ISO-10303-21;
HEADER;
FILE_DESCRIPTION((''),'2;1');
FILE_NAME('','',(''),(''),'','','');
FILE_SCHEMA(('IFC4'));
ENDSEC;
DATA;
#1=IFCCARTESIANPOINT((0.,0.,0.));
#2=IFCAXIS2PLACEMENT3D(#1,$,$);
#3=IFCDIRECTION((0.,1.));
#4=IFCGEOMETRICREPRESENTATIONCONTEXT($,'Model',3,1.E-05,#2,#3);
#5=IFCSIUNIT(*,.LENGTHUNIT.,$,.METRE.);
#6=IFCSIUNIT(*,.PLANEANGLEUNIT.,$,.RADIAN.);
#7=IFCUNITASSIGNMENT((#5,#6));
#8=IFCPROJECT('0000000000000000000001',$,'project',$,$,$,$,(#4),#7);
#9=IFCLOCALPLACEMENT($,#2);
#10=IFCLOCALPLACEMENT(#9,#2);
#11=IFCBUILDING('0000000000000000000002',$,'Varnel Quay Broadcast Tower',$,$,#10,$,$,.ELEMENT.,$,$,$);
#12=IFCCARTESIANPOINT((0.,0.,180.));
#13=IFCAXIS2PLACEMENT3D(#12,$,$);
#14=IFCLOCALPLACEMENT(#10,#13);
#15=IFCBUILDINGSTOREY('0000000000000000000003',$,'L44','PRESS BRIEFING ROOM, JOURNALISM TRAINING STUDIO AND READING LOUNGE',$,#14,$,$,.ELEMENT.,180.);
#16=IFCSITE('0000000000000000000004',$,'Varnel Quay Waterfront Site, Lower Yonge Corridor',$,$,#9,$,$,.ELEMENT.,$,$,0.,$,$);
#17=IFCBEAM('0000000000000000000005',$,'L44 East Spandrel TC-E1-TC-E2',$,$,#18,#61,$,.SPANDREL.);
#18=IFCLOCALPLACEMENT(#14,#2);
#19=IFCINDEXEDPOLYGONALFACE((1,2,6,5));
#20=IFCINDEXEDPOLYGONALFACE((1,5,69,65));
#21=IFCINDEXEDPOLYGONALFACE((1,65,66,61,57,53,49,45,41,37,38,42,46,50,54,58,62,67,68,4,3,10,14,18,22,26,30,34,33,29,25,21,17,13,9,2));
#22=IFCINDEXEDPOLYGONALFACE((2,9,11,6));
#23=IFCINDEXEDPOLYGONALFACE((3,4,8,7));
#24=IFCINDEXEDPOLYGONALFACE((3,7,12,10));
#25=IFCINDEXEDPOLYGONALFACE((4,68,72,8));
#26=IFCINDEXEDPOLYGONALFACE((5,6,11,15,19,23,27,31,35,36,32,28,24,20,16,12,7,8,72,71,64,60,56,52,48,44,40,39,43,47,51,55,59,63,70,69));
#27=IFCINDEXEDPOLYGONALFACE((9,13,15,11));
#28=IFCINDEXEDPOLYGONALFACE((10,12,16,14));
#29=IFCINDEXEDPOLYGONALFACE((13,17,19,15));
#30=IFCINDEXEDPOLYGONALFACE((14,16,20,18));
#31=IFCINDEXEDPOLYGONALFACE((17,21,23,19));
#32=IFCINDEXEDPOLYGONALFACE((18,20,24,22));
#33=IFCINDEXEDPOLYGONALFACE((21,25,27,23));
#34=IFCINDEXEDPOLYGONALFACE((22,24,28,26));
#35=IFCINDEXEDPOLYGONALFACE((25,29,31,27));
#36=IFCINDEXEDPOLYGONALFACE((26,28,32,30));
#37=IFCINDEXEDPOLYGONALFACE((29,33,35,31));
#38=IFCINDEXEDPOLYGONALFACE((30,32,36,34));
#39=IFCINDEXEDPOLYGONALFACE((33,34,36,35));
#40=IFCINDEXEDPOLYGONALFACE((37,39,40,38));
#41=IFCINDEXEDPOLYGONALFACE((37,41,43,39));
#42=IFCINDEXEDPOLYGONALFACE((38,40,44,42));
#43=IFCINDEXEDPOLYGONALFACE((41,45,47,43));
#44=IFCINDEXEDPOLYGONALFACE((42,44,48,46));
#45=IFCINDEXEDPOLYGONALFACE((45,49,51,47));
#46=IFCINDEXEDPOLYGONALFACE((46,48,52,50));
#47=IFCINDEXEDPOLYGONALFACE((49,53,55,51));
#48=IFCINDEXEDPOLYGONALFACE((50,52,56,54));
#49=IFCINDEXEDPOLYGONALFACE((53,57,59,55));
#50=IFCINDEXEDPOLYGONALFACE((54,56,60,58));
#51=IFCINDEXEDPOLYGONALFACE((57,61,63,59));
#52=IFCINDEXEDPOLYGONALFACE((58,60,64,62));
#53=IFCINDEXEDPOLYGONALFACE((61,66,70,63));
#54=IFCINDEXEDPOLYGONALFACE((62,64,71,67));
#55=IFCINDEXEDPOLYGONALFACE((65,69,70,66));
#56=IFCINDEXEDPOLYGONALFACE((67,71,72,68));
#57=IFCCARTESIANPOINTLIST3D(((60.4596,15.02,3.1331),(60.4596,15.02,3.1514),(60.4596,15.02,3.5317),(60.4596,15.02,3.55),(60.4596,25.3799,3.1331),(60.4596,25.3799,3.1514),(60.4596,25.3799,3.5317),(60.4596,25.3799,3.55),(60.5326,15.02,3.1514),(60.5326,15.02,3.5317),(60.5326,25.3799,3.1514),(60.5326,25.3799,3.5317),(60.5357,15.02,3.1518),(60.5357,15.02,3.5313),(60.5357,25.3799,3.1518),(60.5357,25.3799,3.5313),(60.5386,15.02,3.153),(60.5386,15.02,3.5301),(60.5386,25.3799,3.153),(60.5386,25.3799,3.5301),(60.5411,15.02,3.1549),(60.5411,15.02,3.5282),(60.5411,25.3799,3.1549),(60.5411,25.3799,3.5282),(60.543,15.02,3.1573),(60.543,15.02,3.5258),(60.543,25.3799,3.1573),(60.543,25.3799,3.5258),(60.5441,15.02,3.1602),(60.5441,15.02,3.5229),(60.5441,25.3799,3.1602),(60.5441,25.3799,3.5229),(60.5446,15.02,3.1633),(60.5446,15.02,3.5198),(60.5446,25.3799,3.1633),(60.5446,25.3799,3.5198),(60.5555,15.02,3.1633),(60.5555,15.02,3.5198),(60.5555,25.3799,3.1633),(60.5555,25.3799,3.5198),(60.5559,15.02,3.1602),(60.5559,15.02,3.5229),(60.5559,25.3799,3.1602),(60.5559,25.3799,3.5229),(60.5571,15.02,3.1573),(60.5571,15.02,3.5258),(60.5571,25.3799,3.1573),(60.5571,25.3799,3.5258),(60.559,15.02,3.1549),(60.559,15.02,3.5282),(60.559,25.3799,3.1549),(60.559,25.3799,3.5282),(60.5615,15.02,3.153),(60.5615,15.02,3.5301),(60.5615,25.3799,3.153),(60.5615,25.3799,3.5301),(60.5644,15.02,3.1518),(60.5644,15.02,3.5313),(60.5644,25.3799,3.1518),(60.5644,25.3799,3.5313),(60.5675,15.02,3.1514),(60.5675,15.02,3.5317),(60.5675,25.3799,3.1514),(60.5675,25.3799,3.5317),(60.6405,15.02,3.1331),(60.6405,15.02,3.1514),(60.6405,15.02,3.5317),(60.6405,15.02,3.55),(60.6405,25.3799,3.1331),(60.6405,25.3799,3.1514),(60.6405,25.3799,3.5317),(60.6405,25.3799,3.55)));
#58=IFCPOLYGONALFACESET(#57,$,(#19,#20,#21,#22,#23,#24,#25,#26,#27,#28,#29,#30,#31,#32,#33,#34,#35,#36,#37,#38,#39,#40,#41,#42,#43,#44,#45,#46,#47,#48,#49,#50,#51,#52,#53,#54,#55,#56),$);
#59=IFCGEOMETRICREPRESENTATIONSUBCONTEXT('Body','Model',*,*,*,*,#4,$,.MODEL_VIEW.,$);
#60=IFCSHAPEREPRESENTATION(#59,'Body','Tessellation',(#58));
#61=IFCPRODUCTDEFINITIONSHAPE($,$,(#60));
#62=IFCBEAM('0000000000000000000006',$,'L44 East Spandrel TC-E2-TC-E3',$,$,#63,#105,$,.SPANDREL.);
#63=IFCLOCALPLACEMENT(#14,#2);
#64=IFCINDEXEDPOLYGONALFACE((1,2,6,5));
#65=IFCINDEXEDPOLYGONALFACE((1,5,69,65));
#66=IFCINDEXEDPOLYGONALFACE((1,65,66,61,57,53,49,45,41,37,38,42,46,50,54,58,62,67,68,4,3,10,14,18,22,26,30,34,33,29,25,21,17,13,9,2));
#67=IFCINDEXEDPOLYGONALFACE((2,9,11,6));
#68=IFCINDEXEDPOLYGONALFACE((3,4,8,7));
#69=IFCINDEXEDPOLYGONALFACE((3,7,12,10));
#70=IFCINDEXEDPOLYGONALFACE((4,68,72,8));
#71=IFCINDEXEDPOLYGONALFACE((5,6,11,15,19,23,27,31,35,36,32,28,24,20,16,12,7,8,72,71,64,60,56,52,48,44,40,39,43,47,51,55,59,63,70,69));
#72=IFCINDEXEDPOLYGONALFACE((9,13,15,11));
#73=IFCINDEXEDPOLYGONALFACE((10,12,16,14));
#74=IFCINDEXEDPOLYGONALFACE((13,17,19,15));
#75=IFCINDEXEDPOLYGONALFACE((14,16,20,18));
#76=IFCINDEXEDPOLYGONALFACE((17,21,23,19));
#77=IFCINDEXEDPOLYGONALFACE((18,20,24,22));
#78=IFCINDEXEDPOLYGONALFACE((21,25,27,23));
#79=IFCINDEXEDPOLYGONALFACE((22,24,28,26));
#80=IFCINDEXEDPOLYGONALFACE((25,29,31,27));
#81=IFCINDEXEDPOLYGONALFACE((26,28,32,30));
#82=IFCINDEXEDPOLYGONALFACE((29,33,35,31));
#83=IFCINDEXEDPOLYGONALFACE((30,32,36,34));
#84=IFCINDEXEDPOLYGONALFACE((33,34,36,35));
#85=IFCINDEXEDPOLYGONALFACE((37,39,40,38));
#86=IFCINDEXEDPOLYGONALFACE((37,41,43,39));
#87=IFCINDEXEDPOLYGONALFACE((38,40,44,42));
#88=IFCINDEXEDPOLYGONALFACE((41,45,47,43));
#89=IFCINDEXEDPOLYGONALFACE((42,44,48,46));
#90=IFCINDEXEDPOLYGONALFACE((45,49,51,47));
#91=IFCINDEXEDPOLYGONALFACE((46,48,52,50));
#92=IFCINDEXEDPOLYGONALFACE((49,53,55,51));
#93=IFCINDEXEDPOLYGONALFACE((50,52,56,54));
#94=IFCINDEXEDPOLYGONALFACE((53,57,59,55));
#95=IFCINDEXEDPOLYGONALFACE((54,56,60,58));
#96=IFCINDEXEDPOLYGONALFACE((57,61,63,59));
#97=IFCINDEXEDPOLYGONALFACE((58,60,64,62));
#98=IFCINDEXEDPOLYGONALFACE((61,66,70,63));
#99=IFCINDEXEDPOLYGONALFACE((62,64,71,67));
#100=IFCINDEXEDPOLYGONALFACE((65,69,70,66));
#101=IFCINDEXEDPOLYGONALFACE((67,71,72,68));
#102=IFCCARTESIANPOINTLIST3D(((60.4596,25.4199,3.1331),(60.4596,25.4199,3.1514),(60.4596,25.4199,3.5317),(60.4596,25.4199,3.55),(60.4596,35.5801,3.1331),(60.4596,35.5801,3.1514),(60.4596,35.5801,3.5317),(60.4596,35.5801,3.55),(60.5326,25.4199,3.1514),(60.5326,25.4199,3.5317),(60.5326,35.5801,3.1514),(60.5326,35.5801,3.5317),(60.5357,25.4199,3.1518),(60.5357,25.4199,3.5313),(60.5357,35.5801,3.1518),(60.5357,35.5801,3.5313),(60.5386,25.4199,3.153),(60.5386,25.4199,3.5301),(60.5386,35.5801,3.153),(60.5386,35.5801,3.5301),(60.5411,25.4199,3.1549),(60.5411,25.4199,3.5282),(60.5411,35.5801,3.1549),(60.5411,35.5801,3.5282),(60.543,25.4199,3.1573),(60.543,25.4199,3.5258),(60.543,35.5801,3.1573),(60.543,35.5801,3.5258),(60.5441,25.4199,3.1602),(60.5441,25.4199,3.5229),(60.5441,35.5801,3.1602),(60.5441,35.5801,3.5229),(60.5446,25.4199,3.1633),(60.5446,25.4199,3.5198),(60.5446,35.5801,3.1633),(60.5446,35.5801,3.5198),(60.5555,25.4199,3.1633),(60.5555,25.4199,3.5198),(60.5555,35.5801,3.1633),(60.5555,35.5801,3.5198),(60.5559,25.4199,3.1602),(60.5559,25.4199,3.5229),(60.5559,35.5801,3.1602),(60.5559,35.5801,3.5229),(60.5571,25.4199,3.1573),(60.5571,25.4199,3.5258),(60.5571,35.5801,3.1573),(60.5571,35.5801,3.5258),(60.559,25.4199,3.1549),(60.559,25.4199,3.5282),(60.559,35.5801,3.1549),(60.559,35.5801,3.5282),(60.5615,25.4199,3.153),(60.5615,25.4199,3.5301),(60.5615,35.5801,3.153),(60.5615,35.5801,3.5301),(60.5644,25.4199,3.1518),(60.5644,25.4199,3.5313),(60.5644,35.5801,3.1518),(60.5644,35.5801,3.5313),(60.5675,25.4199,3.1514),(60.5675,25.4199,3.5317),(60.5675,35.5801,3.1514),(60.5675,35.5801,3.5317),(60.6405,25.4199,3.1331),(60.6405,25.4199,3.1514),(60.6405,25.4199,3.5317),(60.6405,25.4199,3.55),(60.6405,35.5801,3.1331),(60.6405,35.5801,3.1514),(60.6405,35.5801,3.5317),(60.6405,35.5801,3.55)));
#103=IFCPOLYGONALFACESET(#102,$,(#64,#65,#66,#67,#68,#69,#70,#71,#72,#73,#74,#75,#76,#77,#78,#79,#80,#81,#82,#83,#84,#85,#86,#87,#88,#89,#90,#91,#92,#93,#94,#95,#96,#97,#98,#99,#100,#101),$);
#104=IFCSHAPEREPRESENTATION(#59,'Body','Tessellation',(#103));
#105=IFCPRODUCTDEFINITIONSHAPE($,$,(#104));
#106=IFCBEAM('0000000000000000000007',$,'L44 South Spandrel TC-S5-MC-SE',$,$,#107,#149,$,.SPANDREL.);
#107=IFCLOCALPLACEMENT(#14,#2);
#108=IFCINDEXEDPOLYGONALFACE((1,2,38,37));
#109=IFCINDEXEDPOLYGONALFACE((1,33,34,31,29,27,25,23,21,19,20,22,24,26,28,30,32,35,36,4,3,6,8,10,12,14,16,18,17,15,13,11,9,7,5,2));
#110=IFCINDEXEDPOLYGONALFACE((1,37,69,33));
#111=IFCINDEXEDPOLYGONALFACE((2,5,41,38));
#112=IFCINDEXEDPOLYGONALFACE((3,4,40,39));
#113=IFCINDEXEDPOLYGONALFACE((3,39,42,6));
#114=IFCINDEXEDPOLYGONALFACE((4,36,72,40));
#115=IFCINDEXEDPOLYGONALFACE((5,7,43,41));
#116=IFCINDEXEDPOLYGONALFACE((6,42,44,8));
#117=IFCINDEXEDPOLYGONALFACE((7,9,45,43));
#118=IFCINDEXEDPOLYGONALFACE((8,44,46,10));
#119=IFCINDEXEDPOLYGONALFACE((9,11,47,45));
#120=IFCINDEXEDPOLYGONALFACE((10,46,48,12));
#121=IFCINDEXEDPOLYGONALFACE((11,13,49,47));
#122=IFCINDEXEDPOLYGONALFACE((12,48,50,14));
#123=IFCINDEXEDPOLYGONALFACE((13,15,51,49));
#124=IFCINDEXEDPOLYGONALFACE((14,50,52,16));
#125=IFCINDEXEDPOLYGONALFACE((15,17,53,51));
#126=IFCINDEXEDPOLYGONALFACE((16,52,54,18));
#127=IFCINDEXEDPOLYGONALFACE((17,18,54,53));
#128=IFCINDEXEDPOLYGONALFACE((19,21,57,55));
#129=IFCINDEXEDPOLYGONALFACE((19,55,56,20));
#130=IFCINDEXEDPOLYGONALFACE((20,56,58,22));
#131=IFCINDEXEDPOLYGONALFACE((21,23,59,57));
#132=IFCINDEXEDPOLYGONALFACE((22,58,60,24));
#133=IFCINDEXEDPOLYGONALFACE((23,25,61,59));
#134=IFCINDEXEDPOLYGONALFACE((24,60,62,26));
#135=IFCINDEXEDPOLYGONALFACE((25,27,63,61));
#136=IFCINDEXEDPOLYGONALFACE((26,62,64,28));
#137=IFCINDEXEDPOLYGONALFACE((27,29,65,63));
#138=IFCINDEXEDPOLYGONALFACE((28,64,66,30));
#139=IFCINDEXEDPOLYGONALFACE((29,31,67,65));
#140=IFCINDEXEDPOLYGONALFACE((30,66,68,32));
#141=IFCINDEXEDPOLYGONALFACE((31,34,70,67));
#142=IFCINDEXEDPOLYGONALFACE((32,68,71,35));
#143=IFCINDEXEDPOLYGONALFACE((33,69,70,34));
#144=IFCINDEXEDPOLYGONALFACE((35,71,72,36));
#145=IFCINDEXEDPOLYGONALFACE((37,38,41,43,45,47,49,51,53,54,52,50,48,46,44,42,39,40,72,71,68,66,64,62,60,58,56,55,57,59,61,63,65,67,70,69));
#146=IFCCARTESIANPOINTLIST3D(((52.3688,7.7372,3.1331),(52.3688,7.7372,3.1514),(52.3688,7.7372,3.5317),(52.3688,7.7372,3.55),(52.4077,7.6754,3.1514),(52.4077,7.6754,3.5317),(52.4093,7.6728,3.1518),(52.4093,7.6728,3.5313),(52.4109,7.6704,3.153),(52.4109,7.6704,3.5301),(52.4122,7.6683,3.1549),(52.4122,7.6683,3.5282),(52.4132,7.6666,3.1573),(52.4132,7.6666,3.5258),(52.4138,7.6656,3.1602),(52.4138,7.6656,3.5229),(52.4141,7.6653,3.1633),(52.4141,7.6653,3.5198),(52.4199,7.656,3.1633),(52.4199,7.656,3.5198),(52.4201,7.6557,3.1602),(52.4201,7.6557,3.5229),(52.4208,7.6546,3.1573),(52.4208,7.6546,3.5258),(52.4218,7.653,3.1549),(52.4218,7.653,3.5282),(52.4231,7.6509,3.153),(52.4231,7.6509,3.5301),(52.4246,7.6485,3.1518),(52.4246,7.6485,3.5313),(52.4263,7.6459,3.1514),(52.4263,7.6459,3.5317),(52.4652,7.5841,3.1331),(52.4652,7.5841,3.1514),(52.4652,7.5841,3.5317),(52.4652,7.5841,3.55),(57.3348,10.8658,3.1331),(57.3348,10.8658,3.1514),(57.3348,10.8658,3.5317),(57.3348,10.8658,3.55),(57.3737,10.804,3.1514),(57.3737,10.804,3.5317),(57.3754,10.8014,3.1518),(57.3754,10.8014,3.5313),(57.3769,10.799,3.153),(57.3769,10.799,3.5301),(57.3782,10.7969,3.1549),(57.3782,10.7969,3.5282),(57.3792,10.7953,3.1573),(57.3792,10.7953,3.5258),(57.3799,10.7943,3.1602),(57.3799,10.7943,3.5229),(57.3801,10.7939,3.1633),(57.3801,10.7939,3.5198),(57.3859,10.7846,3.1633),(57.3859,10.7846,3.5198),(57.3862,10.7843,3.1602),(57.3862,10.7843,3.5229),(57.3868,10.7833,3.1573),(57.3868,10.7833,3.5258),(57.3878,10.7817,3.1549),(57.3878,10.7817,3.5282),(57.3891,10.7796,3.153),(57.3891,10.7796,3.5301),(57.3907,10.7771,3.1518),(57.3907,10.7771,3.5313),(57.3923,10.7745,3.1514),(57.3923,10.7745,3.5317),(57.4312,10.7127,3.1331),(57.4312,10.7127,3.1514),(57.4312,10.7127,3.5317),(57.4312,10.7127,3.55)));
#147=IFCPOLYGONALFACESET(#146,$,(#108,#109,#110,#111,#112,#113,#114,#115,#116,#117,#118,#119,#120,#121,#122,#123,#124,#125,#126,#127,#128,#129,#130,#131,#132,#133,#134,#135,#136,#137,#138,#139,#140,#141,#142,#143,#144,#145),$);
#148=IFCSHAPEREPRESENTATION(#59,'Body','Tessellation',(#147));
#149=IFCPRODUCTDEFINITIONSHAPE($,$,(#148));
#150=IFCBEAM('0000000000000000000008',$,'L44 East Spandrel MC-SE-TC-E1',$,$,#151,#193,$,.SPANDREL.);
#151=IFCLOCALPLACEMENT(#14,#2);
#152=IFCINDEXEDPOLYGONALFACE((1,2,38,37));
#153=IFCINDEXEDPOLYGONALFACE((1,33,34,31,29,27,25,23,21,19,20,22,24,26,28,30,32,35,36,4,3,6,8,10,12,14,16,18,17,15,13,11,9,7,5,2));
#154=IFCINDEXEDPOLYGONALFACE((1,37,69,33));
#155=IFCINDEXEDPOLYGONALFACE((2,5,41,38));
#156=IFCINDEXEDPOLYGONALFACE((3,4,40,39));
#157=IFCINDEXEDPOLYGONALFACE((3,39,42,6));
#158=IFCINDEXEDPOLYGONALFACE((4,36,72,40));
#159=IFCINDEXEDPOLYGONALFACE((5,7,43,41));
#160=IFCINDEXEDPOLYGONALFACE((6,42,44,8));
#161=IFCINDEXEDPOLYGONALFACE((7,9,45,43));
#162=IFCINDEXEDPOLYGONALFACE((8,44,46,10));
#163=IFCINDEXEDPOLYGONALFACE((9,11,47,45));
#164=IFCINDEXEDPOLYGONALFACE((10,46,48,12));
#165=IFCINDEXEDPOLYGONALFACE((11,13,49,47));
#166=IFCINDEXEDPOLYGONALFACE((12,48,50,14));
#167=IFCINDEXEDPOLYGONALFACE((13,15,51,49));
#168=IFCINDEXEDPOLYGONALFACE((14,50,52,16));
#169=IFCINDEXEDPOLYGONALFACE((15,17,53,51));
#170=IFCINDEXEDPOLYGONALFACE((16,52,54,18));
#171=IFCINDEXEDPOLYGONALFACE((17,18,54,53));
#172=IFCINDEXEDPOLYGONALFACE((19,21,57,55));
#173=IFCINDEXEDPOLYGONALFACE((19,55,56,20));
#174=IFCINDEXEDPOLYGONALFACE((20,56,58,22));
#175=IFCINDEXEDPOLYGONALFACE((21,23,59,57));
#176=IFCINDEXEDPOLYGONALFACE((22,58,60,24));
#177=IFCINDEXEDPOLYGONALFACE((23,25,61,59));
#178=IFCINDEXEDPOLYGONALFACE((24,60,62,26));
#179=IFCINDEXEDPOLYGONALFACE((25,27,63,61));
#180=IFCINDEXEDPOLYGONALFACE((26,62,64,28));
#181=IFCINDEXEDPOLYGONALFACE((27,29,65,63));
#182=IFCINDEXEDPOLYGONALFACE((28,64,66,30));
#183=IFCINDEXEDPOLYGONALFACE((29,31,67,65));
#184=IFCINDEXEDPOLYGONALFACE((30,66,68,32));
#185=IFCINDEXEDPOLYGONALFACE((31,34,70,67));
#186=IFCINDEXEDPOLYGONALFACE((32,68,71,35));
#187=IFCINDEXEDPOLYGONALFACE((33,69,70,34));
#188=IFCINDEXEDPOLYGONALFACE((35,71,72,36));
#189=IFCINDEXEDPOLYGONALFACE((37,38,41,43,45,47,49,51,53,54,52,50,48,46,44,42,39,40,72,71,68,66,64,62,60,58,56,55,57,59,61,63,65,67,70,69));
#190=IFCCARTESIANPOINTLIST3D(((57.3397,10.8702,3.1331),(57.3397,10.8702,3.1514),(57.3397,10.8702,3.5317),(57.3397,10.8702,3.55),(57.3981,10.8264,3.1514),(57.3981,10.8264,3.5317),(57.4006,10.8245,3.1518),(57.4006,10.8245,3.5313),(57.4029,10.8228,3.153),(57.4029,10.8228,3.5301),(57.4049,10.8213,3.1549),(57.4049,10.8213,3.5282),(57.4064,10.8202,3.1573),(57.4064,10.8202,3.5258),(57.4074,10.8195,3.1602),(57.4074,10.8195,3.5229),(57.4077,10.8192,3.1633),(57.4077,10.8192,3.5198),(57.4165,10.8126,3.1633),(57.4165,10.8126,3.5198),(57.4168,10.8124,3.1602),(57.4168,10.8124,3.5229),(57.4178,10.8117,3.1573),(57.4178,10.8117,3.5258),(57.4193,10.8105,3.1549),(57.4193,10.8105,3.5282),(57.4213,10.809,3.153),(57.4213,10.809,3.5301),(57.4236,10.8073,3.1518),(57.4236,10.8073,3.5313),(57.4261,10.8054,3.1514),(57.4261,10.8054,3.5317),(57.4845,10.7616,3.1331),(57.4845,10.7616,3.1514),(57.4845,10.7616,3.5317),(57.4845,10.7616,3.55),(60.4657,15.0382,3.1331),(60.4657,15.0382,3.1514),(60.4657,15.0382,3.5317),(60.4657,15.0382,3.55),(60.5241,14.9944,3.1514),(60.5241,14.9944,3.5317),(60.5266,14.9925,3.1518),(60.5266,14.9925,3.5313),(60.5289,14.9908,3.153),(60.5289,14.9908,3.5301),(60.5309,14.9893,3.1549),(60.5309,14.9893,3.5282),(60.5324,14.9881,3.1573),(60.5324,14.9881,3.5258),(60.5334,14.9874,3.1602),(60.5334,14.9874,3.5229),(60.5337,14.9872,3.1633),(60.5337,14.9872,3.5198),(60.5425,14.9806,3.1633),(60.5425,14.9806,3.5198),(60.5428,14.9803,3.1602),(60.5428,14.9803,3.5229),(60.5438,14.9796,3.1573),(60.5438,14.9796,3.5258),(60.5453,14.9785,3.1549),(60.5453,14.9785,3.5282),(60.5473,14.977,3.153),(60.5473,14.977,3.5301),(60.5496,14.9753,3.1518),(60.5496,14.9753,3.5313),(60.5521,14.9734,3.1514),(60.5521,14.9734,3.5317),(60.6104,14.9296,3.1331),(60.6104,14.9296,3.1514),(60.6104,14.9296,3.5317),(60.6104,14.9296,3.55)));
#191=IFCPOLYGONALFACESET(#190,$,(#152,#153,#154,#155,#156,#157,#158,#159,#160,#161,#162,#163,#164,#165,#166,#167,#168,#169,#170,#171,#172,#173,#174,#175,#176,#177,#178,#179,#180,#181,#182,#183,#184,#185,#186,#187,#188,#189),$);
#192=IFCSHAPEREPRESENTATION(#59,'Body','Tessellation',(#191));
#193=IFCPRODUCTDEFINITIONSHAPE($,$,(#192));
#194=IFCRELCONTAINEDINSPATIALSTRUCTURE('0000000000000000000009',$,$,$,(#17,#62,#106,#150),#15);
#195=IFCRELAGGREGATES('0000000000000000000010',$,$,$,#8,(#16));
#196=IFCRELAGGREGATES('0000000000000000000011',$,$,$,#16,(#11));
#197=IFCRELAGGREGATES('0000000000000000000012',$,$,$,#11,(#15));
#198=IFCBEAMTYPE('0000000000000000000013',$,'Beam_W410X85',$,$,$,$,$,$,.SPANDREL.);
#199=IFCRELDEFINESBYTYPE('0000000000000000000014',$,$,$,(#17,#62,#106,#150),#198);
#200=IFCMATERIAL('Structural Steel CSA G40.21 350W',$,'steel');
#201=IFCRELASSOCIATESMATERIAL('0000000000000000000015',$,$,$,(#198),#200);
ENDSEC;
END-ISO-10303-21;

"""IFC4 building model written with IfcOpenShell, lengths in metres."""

from ifc_helpers import new_model, si_unit, direction, frame, origin, origin_2d, place, context, subcontext, project, spatial, i_section, extrude, source, transform, mapped, material, material_profile, profile_set, type_object, type_shapes, element, save


model = new_model("IFC4")

# Units and contexts
model_context = context("Model", 3, precision=1e-05, world=origin(), true_north=direction((0.0, 1.0)))
body_context = subcontext(model_context, "Body", "Model", "MODEL_VIEW")
ifc_project = project(units=[si_unit("LENGTHUNIT", "METRE"), si_unit("PLANEANGLEUNIT", "RADIAN")], contexts=[model_context])

# Site, building, storey
site_placement = place(None, origin())
site = spatial("IfcSite", under=ifc_project, at=site_placement, Name="Varnel Quay Waterfront Site, Lower Yonge Corridor", CompositionType="ELEMENT", RefElevation=0.0)
building_placement = place(site_placement, origin())
building = spatial("IfcBuilding", under=site, at=building_placement, Name="Varnel Quay Broadcast Tower", CompositionType="ELEMENT")
storey_placement = place(building_placement, frame((0.0, 0.0, 180.0)))
storey = spatial("IfcBuildingStorey", under=building, at=storey_placement, Name="L44", Description="PRESS BRIEFING ROOM, JOURNALISM TRAINING STUDIO AND READING LOUNGE", CompositionType="ELEMENT", Elevation=180.0)

# Shared definitions
ifc_material_1 = material(Name="Structural Steel CSA G40.21 350W", Category="steel")

# Beams
ifc_material_profile_1 = material_profile(ifc_material_1, i_section(OverallWidth=0.1809, OverallDepth=0.417, WebThickness=0.011, FlangeThickness=0.0183, FilletRadius=0.012, at=origin_2d()), Name="W410X85")
ifc_profile_set_1 = profile_set([ifc_material_profile_1], Name="Structural Steel CSA G40.21 350W")
beam_type = type_object("IfcBeamType", Name="Beam_W410X85", PredefinedType="SPANDREL", material=ifc_profile_set_1)
shared_shape_1 = source(origin(), body_context, "Body", "SweptSolid", [
    extrude(i_section(OverallWidth=0.1809, OverallDepth=0.417, WebThickness=0.011, FlangeThickness=0.0183, FilletRadius=0.012, at=origin_2d()), origin(), (0.0, 0.0, 1.0), 10.3599),
])
beam_1_placement = place(storey_placement, frame((60.55, 15.02, 3.3416), z_axis=(0.0, 1.0, 0.0), x_axis=(-1.0, 0.0, 0.0)))
element("IfcBeam", 1, at=beam_1_placement, inside=storey, type_object=beam_type, Name="L44 East Spandrel TC-E1-TC-E2", PredefinedType="SPANDREL", context=body_context, shape_type="MappedRepresentation", body=[
    mapped(shared_shape_1, transform((0.0, 0.0, 0.0), x_axis=(1.0, 0.0, 0.0), y_axis=(0.0, 1.0, 0.0), z_axis=(0.0, 0.0, 1.0), scale=1.0)),
])
shared_shape_2 = source(origin(), body_context, "Body", "SweptSolid", [
    extrude(i_section(OverallWidth=0.1809, OverallDepth=0.417, WebThickness=0.011, FlangeThickness=0.0183, FilletRadius=0.012, at=origin_2d()), origin(), (0.0, 0.0, 1.0), 10.1602),
])
beam_2_placement = place(storey_placement, frame((60.55, 25.4199, 3.3416), z_axis=(0.0, 1.0, 0.0), x_axis=(-1.0, 0.0, 0.0)))
element("IfcBeam", 2, at=beam_2_placement, inside=storey, type_object=beam_type, Name="L44 East Spandrel TC-E2-TC-E3", PredefinedType="SPANDREL", context=body_context, shape_type="MappedRepresentation", body=[
    mapped(shared_shape_2, transform((0.0, 0.0, 0.0), x_axis=(1.0, 0.0, 0.0), y_axis=(0.0, 1.0, 0.0), z_axis=(0.0, 0.0, 1.0), scale=1.0)),
])
shared_shape_3 = source(origin(), body_context, "Body", "SweptSolid", [
    extrude(i_section(OverallWidth=0.1809, OverallDepth=0.417, WebThickness=0.011, FlangeThickness=0.0183, FilletRadius=0.012, at=origin_2d()), origin(), (0.0, 0.0, 1.0), 5.8694),
])
beam_3_placement = place(storey_placement, frame((52.417, 7.6606, 3.3416), z_axis=(0.846088, 0.533043, 0.0), x_axis=(-0.533043, 0.846088, 0.0)))
element("IfcBeam", 3, at=beam_3_placement, inside=storey, type_object=beam_type, Name="L44 South Spandrel TC-S5-MC-SE", PredefinedType="SPANDREL", context=body_context, shape_type="MappedRepresentation", body=[
    mapped(shared_shape_3, transform((0.0, 0.0, 0.0), x_axis=(1.0, 0.0, 0.0), y_axis=(0.0, 1.0, 0.0), z_axis=(0.0, 0.0, 1.0), scale=1.0)),
])
shared_shape_4 = source(origin(), body_context, "Body", "SweptSolid", [
    extrude(i_section(OverallWidth=0.1809, OverallDepth=0.417, WebThickness=0.011, FlangeThickness=0.0183, FilletRadius=0.012, at=origin_2d()), origin(), (0.0, 0.0, 1.0), 5.21),
])
type_shapes(beam_type, [shared_shape_1, shared_shape_2, shared_shape_3, shared_shape_4])
beam_4_placement = place(storey_placement, frame((57.4121, 10.8159, 3.3416), z_axis=(0.6, 0.8, 0.0), x_axis=(-0.8, 0.6, 0.0)))
element("IfcBeam", 4, at=beam_4_placement, inside=storey, type_object=beam_type, Name="L44 East Spandrel MC-SE-TC-E1", PredefinedType="SPANDREL", context=body_context, shape_type="MappedRepresentation", body=[
    mapped(shared_shape_4, transform((0.0, 0.0, 0.0), x_axis=(1.0, 0.0, 0.0), y_axis=(0.0, 1.0, 0.0), z_axis=(0.0, 0.0, 1.0), scale=1.0)),
])

save(model, "model.ifc")
